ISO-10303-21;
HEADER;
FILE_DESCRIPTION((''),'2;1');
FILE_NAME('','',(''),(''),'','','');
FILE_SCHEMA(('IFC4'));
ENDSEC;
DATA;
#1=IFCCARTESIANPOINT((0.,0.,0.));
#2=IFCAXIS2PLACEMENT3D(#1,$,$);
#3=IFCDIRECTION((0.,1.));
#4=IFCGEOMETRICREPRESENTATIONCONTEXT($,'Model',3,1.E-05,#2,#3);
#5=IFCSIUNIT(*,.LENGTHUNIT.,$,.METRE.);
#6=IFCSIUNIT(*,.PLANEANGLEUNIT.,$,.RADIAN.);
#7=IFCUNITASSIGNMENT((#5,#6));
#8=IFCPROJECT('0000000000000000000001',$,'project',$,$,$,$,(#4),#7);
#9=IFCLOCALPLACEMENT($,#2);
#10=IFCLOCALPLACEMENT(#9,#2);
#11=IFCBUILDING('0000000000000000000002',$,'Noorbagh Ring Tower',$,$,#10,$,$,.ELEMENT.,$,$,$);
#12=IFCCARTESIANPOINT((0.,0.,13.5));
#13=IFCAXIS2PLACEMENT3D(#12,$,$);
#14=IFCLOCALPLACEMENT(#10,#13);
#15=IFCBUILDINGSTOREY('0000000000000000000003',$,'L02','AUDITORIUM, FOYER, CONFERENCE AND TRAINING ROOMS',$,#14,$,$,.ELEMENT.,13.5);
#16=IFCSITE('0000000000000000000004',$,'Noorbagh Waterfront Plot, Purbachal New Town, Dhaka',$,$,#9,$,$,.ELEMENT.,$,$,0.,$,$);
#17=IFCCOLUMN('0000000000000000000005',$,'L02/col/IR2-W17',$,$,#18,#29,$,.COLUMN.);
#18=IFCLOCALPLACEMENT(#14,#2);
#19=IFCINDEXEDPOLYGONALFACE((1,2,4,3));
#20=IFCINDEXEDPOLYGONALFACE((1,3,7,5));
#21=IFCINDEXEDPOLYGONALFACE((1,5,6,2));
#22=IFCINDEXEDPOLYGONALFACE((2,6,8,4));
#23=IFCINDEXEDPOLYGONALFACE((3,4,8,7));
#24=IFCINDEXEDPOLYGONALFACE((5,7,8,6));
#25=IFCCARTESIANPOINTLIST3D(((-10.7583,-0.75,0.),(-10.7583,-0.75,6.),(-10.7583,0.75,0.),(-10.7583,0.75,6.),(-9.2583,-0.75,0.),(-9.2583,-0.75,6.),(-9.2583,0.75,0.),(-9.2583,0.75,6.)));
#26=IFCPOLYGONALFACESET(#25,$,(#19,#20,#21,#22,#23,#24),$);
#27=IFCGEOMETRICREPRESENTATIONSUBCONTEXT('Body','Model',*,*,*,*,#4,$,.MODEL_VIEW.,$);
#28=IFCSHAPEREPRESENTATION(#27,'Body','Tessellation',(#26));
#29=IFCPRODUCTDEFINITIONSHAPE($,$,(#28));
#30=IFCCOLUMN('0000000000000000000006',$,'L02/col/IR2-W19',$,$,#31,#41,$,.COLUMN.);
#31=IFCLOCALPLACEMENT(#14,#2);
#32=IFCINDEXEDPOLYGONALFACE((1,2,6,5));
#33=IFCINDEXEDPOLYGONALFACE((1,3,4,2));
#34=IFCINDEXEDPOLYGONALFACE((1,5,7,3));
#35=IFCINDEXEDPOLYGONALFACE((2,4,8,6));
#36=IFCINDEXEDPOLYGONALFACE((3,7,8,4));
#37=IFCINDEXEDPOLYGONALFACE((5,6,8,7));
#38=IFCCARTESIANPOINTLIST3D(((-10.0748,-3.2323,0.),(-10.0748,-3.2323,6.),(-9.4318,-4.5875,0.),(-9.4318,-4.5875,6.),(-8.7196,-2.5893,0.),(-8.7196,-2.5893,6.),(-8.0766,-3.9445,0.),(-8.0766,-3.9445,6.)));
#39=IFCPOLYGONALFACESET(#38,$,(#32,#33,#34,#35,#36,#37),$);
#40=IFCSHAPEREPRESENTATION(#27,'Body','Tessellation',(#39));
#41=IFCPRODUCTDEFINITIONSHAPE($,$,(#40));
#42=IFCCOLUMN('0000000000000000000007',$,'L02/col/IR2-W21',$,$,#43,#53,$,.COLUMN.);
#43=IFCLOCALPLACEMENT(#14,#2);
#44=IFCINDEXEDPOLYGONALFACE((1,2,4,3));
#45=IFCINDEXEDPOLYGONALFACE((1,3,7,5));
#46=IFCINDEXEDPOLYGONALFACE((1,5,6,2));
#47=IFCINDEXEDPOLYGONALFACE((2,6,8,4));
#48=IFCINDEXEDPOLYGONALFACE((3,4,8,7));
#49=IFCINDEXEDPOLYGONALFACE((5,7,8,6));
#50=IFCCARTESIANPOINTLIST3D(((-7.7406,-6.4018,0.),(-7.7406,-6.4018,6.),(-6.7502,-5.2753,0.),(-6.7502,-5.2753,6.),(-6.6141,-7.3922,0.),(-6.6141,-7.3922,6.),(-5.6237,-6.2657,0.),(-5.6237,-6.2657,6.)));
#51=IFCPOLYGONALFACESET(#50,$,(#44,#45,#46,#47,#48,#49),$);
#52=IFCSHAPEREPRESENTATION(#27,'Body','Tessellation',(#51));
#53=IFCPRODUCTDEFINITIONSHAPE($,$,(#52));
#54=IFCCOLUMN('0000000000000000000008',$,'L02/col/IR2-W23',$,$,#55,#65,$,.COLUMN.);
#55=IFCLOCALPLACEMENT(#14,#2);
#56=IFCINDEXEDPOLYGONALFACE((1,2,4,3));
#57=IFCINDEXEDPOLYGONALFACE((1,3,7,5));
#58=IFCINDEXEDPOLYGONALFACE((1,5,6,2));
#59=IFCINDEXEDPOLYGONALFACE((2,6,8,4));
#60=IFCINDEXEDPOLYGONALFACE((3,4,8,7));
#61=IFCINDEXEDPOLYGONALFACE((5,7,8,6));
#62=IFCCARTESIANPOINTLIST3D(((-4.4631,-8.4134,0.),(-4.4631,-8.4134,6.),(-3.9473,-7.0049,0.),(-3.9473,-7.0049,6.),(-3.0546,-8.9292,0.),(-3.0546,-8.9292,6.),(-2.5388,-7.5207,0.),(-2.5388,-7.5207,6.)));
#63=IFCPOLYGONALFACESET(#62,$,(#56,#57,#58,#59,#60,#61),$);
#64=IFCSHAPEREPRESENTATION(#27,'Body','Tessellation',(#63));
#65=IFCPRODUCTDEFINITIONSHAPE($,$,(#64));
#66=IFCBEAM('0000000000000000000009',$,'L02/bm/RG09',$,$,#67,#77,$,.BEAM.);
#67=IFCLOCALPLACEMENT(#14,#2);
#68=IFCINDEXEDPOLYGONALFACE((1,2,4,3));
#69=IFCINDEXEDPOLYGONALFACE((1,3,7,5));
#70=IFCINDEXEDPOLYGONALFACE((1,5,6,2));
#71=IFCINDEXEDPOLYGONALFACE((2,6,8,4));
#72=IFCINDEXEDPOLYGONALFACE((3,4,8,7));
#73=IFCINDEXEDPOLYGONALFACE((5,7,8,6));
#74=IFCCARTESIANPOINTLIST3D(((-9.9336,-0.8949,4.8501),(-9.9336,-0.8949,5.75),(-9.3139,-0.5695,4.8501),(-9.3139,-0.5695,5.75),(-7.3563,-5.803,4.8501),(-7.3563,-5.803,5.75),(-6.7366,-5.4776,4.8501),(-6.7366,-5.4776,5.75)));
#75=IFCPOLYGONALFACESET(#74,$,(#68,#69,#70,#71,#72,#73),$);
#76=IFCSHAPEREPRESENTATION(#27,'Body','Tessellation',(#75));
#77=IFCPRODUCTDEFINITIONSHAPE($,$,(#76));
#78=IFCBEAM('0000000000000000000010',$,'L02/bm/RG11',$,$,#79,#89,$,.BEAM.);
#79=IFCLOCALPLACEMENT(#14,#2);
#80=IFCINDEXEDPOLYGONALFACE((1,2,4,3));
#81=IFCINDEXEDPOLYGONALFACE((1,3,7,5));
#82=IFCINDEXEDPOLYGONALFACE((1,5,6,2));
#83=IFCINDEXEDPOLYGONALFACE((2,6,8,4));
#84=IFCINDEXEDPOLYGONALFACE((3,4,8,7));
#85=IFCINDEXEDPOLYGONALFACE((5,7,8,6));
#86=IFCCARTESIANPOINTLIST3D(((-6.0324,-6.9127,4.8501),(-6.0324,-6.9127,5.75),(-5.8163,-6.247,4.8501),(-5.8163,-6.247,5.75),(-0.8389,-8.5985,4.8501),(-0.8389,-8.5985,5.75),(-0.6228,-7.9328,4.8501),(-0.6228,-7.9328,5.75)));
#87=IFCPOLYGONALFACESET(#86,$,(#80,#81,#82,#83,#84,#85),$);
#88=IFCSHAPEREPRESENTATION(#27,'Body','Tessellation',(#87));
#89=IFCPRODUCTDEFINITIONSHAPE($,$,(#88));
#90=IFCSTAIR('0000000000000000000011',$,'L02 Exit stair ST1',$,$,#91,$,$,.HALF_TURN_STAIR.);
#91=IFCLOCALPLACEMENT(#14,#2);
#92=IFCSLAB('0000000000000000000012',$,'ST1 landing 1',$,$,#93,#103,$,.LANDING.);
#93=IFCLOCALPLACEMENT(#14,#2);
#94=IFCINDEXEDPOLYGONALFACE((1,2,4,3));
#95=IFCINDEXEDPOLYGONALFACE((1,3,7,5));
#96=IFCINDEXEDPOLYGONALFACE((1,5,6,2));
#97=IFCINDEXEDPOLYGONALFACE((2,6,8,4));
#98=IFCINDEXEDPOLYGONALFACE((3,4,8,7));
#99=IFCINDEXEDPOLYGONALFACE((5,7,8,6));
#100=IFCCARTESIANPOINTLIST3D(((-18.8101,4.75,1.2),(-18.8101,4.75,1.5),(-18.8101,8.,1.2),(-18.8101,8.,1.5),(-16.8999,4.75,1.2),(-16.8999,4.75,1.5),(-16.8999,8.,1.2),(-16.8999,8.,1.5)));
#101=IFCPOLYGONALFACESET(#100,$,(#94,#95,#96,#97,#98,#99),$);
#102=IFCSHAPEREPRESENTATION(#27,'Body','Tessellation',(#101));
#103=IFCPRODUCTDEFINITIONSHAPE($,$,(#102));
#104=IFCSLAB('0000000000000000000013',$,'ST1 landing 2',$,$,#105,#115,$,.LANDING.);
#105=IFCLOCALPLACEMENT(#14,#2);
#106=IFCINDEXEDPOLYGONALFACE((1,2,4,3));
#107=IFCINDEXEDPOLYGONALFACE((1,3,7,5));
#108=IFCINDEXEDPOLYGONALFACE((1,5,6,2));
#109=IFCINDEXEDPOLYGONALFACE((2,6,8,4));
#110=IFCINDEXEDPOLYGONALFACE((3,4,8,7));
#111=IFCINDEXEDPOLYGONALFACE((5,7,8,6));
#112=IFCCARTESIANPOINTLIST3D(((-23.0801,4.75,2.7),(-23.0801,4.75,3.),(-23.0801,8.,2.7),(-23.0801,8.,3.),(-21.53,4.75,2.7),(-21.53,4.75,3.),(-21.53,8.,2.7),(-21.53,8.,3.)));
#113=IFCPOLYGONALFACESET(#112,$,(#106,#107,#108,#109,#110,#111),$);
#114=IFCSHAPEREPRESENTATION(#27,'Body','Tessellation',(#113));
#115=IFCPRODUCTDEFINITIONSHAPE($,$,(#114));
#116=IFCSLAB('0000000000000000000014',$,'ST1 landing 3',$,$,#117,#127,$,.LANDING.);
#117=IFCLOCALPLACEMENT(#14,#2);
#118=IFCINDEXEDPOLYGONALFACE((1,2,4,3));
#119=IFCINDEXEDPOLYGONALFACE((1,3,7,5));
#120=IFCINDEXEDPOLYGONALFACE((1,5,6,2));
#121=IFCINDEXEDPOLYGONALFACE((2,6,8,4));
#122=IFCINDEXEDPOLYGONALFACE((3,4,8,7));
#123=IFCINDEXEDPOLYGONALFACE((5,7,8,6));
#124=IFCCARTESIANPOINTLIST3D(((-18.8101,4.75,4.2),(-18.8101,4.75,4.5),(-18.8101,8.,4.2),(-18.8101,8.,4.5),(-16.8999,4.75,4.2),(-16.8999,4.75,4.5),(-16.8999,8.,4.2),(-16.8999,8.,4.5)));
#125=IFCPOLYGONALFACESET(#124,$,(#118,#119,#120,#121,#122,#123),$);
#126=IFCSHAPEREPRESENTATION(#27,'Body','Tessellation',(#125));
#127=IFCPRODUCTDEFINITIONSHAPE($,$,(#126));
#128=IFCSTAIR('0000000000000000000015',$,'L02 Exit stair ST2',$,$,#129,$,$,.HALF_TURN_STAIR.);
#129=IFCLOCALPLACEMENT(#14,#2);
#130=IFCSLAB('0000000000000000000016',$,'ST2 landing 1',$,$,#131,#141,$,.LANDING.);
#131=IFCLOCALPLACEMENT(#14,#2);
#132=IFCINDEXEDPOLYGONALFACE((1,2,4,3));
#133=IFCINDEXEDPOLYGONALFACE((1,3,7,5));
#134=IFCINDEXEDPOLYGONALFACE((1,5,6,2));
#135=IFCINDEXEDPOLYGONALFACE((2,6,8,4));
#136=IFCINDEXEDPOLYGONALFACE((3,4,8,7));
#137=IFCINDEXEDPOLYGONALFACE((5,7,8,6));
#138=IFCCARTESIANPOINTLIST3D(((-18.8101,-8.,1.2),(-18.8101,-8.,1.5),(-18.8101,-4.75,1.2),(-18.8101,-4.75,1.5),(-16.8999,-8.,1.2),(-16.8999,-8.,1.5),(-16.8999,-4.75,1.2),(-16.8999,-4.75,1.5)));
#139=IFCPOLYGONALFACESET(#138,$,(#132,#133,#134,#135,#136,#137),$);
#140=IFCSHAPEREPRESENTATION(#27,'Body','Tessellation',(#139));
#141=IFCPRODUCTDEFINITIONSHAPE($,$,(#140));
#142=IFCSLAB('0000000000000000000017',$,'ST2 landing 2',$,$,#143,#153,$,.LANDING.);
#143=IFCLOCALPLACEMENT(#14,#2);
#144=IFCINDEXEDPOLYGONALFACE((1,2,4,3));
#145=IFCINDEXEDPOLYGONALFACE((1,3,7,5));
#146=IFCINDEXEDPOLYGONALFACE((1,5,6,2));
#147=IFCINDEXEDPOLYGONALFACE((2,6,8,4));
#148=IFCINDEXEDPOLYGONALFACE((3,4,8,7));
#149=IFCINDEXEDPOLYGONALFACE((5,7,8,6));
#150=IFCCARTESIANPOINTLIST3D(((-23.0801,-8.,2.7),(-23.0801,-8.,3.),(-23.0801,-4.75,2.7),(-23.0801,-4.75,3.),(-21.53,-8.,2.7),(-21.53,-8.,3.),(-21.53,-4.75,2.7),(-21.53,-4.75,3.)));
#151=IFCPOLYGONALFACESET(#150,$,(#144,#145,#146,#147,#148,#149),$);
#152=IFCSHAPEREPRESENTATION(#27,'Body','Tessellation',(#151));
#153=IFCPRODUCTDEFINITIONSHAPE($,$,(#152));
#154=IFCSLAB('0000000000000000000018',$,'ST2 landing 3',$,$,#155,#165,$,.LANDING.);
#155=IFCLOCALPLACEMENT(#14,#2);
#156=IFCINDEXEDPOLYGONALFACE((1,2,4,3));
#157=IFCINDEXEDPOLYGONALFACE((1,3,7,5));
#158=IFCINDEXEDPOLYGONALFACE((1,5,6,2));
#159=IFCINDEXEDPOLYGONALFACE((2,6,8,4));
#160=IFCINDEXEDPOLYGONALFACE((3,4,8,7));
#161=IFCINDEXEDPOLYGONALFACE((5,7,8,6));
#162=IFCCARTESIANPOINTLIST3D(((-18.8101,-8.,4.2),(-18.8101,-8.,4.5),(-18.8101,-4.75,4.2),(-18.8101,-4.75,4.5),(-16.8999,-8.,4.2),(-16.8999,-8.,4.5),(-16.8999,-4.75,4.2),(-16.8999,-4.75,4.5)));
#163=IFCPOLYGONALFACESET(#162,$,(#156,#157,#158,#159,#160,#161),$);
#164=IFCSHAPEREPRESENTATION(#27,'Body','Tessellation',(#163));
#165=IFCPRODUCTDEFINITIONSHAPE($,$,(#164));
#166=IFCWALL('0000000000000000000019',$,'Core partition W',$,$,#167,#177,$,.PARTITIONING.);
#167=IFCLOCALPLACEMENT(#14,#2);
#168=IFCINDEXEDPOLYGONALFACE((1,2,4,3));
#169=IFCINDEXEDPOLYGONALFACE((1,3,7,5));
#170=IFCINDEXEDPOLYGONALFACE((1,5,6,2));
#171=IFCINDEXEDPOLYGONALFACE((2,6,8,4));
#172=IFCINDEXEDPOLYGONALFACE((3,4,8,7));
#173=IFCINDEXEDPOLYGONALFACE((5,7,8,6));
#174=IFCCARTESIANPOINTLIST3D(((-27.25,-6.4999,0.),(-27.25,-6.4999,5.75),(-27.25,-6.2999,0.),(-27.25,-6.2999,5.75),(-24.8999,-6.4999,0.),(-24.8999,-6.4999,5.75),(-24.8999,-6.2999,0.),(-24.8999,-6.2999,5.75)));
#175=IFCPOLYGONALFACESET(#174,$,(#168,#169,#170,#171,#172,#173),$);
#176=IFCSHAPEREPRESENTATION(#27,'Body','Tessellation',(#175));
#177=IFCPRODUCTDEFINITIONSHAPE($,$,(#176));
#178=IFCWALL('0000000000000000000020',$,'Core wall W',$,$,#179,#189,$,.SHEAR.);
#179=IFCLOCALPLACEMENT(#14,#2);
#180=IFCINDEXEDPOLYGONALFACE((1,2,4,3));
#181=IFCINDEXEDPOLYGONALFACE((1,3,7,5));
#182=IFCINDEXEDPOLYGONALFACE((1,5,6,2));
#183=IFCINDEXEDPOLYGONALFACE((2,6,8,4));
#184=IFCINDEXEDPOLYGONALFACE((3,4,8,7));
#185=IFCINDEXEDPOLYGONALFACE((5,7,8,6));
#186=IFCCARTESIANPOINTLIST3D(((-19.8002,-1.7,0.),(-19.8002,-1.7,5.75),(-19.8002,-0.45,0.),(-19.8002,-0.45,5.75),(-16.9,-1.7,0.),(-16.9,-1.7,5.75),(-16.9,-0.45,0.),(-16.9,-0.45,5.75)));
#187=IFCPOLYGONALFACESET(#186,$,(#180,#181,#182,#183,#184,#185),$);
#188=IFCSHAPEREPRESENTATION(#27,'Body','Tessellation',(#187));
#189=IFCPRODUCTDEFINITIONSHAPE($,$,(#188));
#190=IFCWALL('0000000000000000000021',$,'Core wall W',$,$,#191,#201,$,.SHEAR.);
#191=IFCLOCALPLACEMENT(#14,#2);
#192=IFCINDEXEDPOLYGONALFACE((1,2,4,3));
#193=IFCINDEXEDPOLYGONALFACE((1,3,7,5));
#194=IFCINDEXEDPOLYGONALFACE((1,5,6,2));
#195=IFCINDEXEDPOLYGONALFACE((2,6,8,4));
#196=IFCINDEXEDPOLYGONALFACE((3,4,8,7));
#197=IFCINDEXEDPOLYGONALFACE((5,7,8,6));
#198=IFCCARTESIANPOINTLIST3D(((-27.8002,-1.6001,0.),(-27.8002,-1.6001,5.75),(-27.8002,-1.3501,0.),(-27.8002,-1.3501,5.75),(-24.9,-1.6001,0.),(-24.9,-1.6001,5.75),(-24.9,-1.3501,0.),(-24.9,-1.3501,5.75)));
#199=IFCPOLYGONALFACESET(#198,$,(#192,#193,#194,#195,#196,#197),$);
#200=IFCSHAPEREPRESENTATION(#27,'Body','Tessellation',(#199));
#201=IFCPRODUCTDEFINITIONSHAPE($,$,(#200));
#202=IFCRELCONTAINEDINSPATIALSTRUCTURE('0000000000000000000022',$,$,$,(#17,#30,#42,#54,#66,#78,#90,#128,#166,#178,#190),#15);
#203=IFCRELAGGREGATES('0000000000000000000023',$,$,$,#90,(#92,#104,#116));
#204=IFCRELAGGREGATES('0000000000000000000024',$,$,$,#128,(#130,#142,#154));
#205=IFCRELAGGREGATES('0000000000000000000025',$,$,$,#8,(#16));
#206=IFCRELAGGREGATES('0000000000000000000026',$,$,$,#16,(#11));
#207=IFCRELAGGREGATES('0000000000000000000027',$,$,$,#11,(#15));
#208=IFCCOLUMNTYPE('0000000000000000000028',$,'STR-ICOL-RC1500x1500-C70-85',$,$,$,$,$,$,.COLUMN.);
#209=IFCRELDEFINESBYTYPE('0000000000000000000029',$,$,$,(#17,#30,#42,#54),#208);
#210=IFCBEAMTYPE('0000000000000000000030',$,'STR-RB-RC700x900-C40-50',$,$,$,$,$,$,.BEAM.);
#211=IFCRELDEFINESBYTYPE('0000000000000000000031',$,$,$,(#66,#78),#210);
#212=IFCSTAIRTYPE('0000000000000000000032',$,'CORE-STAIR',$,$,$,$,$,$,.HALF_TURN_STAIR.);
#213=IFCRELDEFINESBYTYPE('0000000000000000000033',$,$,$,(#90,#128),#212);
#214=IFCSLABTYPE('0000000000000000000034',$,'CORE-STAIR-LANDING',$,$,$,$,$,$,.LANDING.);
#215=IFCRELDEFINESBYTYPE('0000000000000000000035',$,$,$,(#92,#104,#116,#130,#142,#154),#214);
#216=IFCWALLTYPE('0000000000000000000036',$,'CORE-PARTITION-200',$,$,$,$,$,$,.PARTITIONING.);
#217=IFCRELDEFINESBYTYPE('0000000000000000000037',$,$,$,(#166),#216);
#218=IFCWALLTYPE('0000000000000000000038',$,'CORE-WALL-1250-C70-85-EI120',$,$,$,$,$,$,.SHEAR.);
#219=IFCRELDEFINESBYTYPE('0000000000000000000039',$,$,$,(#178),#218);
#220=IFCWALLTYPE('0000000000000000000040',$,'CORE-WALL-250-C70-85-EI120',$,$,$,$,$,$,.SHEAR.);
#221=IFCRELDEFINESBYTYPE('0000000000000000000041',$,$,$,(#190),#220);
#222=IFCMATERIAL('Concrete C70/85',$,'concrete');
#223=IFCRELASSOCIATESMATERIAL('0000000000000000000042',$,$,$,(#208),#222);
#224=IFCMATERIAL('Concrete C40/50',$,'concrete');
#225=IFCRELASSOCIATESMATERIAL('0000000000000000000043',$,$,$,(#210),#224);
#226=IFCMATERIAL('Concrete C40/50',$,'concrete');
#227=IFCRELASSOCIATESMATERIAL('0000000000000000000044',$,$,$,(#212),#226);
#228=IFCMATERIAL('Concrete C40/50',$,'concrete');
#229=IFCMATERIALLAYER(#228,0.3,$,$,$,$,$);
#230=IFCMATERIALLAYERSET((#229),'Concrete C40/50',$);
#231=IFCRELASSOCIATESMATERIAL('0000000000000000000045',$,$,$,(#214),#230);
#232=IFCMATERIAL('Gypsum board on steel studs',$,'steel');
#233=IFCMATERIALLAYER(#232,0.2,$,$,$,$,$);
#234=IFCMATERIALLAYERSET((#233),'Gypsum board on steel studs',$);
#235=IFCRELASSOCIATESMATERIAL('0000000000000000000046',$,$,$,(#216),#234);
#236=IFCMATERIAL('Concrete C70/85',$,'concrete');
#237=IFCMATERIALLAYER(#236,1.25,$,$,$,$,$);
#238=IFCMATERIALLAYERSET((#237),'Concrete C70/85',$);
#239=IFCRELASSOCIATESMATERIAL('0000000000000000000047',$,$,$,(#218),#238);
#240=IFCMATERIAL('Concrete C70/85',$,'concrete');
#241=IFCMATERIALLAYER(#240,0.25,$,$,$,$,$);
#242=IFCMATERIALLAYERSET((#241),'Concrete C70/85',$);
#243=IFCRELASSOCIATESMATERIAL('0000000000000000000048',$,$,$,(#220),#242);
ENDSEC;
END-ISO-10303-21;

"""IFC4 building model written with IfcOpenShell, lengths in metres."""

from ifc_helpers import new_model, si_unit, direction, frame, frame_2d, origin, origin_2d, place, context, subcontext, project, spatial, polyline, rectangle, outline, extrude, material, layer, layer_set, material_profile, profile_set, type_object, element, aggregate, save


model = new_model("IFC4")

# Units and contexts
model_context = context("Model", 3, precision=1e-05, world=origin(), true_north=direction((0.0, 1.0)))
body_context = subcontext(model_context, "Body", "Model", "MODEL_VIEW")
ifc_project = project(units=[si_unit("LENGTHUNIT", "METRE"), si_unit("PLANEANGLEUNIT", "RADIAN")], contexts=[model_context])

# Site, building, storey
site_placement = place(None, origin())
site = spatial("IfcSite", under=ifc_project, at=site_placement, Name="Noorbagh Waterfront Plot, Purbachal New Town, Dhaka", CompositionType="ELEMENT", RefElevation=0.0)
building_placement = place(site_placement, origin())
building = spatial("IfcBuilding", under=site, at=building_placement, Name="Noorbagh Ring Tower", CompositionType="ELEMENT")
storey_placement = place(building_placement, frame((0.0, 0.0, 13.5)))
storey = spatial("IfcBuildingStorey", under=building, at=storey_placement, Name="L02", Description="AUDITORIUM, FOYER, CONFERENCE AND TRAINING ROOMS", CompositionType="ELEMENT", Elevation=13.5)

# Columns
ifc_material_1 = material(Name="Concrete C70/85", Category="concrete")
ifc_material_profile_1 = material_profile(ifc_material_1, rectangle(XDim=1.5, YDim=1.5, at=origin_2d()), Name="RC1500x1500")
ifc_profile_set_1 = profile_set([ifc_material_profile_1], Name="Concrete C70/85")
column_type = type_object("IfcColumnType", Name="STR-ICOL-RC1500x1500-C70-85", PredefinedType="COLUMN", material=ifc_profile_set_1)
for number, where, z_axis, x_axis, name in (
    (1, (-10.0083, 0.0, 0.0), (0.0, 0.0, 1.0), (0.0, -1.0, 0.0), "L02/col/IR2-W17"),
    (2, (-9.0757, -3.5884, 0.0), (0.0, 0.0, 1.0), (0.428667, -0.903463, 0.0), "L02/col/IR2-W19"),
    (3, (-6.6821, -6.3337, 0.0), (0.0, 0.0, 1.0), (0.751022, -0.660277, 0.0), "L02/col/IR2-W21"),
    (4, (-3.501, -7.967, 0.0), (0.0, 0.0, 1.0), (0.93902, -0.343864, 0.0), "L02/col/IR2-W23"),
):
    element("IfcColumn", number, at=place(storey_placement, frame(where, z_axis=z_axis, x_axis=x_axis)), inside=storey, type_object=column_type, Name=name, PredefinedType="COLUMN", context=body_context, shape_type="SweptSolid", body=[
        extrude(rectangle(XDim=1.5, YDim=1.5, at=origin_2d()), origin(), (0.0, 0.0, 1.0), 6.0),
    ])

# Beams
ifc_material_2 = material(Name="Concrete C40/50", Category="concrete")
ifc_material_profile_2 = material_profile(ifc_material_2, rectangle(XDim=0.7, YDim=0.8999, at=origin_2d()), Name="RC700x900")
ifc_profile_set_2 = profile_set([ifc_material_profile_2], Name="Concrete C40/50")
beam_type = type_object("IfcBeamType", Name="STR-RB-RC700x900-C40-50", PredefinedType="BEAM", material=ifc_profile_set_2)
beam_1_placement = place(storey_placement, frame((-9.6238, -0.7322, 5.3), z_axis=(0.464917, -0.885354, 0.0), x_axis=(0.885354, 0.464917, 0.0)))
element("IfcBeam", 5, at=beam_1_placement, inside=storey, type_object=beam_type, Name="L02/bm/RG09", PredefinedType="BEAM", context=body_context, shape_type="SweptSolid", body=[
    extrude(rectangle(XDim=0.7, YDim=0.8999, at=origin_2d()), origin(), (0.0, 0.0, 1.0), 5.5437),
])
beam_2_placement = place(storey_placement, frame((-5.9243, -6.5798, 5.3), z_axis=(0.951144, -0.308746, 0.0), x_axis=(0.308746, 0.951144, 0.0)))
element("IfcBeam", 6, at=beam_2_placement, inside=storey, type_object=beam_type, Name="L02/bm/RG11", PredefinedType="BEAM", context=body_context, shape_type="SweptSolid", body=[
    extrude(rectangle(XDim=0.7, YDim=0.8999, at=origin_2d()), origin(), (0.0, 0.0, 1.0), 5.4602),
])

# Stairs, slabs
ifc_material_3 = material(Name="Concrete C40/50", Category="concrete")
stair_type = type_object("IfcStairType", Name="CORE-STAIR", PredefinedType="HALF_TURN_STAIR", material=ifc_material_3)
stair_1_placement = place(storey_placement, origin())
stair_1 = element("IfcStair", 7, at=stair_1_placement, inside=storey, type_object=stair_type, Name="L02 Exit stair ST1", PredefinedType="HALF_TURN_STAIR")
ifc_material_4 = material(Name="Concrete C40/50", Category="concrete")
ifc_layer_1 = layer(ifc_material_4, 0.3)
ifc_layer_set_1 = layer_set([ifc_layer_1], Name="Concrete C40/50")
slab_type_1 = type_object("IfcSlabType", Name="CORE-STAIR-LANDING", PredefinedType="LANDING", material=ifc_layer_set_1)
slab_1_placement = place(storey_placement, frame((0.0, 0.0, 1.2)))
slab_1 = element("IfcSlab", 8, at=slab_1_placement, type_object=slab_type_1, Name="ST1 landing 1", PredefinedType="LANDING", context=body_context, shape_type="SweptSolid", body=[
    extrude(outline(polyline([(-18.8101, 4.75), (-16.8999, 4.75), (-16.8999, 8.0), (-18.8101, 8.0), (-18.8101, 4.75)])), origin(), (0.0, 0.0, 1.0), 0.3),
])
slab_2_placement = place(storey_placement, frame((0.0, 0.0, 2.7)))
slab_2 = element("IfcSlab", 9, at=slab_2_placement, type_object=slab_type_1, Name="ST1 landing 2", PredefinedType="LANDING", context=body_context, shape_type="SweptSolid", body=[
    extrude(outline(polyline([(-23.0801, 4.75), (-21.53, 4.75), (-21.53, 8.0), (-23.0801, 8.0), (-23.0801, 4.75)])), origin(), (0.0, 0.0, 1.0), 0.3),
])
slab_3_placement = place(storey_placement, frame((0.0, 0.0, 4.2)))
slab_3 = element("IfcSlab", 10, at=slab_3_placement, type_object=slab_type_1, Name="ST1 landing 3", PredefinedType="LANDING", context=body_context, shape_type="SweptSolid", body=[
    extrude(outline(polyline([(-18.8101, 4.75), (-16.8999, 4.75), (-16.8999, 8.0), (-18.8101, 8.0), (-18.8101, 4.75)])), origin(), (0.0, 0.0, 1.0), 0.3),
])
aggregate(stair_1, [slab_1, slab_2, slab_3])
stair_2_placement = place(storey_placement, origin())
stair_2 = element("IfcStair", 11, at=stair_2_placement, inside=storey, type_object=stair_type, Name="L02 Exit stair ST2", PredefinedType="HALF_TURN_STAIR")
slab_4_placement = place(storey_placement, frame((0.0, 0.0, 1.2)))
slab_4 = element("IfcSlab", 12, at=slab_4_placement, type_object=slab_type_1, Name="ST2 landing 1", PredefinedType="LANDING", context=body_context, shape_type="SweptSolid", body=[
    extrude(outline(polyline([(-18.8101, -8.0), (-16.8999, -8.0), (-16.8999, -4.75), (-18.8101, -4.75), (-18.8101, -8.0)])), origin(), (0.0, 0.0, 1.0), 0.3),
])
slab_5_placement = place(storey_placement, frame((0.0, 0.0, 2.7)))
slab_5 = element("IfcSlab", 13, at=slab_5_placement, type_object=slab_type_1, Name="ST2 landing 2", PredefinedType="LANDING", context=body_context, shape_type="SweptSolid", body=[
    extrude(outline(polyline([(-23.0801, -8.0), (-21.53, -8.0), (-21.53, -4.75), (-23.0801, -4.75), (-23.0801, -8.0)])), origin(), (0.0, 0.0, 1.0), 0.3),
])
slab_6_placement = place(storey_placement, frame((0.0, 0.0, 4.2)))
slab_6 = element("IfcSlab", 14, at=slab_6_placement, type_object=slab_type_1, Name="ST2 landing 3", PredefinedType="LANDING", context=body_context, shape_type="SweptSolid", body=[
    extrude(outline(polyline([(-18.8101, -8.0), (-16.8999, -8.0), (-16.8999, -4.75), (-18.8101, -4.75), (-18.8101, -8.0)])), origin(), (0.0, 0.0, 1.0), 0.3),
])

# Walls
ifc_material_5 = material(Name="Gypsum board on steel studs", Category="steel")
ifc_layer_2 = layer(ifc_material_5, 0.2)
ifc_layer_set_2 = layer_set([ifc_layer_2], Name="Gypsum board on steel studs")
wall_type_1 = type_object("IfcWallType", Name="CORE-PARTITION-200", PredefinedType="PARTITIONING", material=ifc_layer_set_2)
wall_1_placement = place(storey_placement, frame((-24.8999, -6.3999, 0.0), z_axis=(0.0, 0.0, 1.0), x_axis=(-1.0, 0.0, 0.0)))
element("IfcWall", 15, at=wall_1_placement, inside=storey, type_object=wall_type_1, Name="Core partition W", PredefinedType="PARTITIONING", context=body_context, shape_type="SweptSolid", body=[
    extrude(rectangle(XDim=2.3501, YDim=0.2, at=frame_2d((1.175, 0.0))), origin(), (0.0, 0.0, 1.0), 5.75),
])
ifc_material_6 = material(Name="Concrete C70/85", Category="concrete")
ifc_layer_3 = layer(ifc_material_6, 1.25)
ifc_layer_set_3 = layer_set([ifc_layer_3], Name="Concrete C70/85")
wall_type_2 = type_object("IfcWallType", Name="CORE-WALL-1250-C70-85-EI120", PredefinedType="SHEAR", material=ifc_layer_set_3)
wall_2_placement = place(storey_placement, frame((-16.8999, -1.075, 0.0), z_axis=(0.0, 0.0, 1.0), x_axis=(-1.0, 0.0, 0.0)))
element("IfcWall", 16, at=wall_2_placement, inside=storey, type_object=wall_type_2, Name="Core wall W", PredefinedType="SHEAR", context=body_context, shape_type="SweptSolid", body=[
    extrude(rectangle(XDim=2.9001, YDim=1.25, at=frame_2d((1.4502, 0.0))), origin(), (0.0, 0.0, 1.0), 5.75),
])
ifc_material_7 = material(Name="Concrete C70/85", Category="concrete")
ifc_layer_4 = layer(ifc_material_7, 0.25)
ifc_layer_set_4 = layer_set([ifc_layer_4], Name="Concrete C70/85")
wall_type_3 = type_object("IfcWallType", Name="CORE-WALL-250-C70-85-EI120", PredefinedType="SHEAR", material=ifc_layer_set_4)
wall_3_placement = place(storey_placement, frame((-24.8999, -1.4751, 0.0), z_axis=(0.0, 0.0, 1.0), x_axis=(-1.0, 0.0, 0.0)))
element("IfcWall", 17, at=wall_3_placement, inside=storey, type_object=wall_type_3, Name="Core wall W", PredefinedType="SHEAR", context=body_context, shape_type="SweptSolid", body=[
    extrude(rectangle(XDim=2.9001, YDim=0.25, at=frame_2d((1.4502, 0.0))), origin(), (0.0, 0.0, 1.0), 5.75),
])

aggregate(stair_2, [slab_4, slab_5, slab_6])

save(model, "model.ifc")
